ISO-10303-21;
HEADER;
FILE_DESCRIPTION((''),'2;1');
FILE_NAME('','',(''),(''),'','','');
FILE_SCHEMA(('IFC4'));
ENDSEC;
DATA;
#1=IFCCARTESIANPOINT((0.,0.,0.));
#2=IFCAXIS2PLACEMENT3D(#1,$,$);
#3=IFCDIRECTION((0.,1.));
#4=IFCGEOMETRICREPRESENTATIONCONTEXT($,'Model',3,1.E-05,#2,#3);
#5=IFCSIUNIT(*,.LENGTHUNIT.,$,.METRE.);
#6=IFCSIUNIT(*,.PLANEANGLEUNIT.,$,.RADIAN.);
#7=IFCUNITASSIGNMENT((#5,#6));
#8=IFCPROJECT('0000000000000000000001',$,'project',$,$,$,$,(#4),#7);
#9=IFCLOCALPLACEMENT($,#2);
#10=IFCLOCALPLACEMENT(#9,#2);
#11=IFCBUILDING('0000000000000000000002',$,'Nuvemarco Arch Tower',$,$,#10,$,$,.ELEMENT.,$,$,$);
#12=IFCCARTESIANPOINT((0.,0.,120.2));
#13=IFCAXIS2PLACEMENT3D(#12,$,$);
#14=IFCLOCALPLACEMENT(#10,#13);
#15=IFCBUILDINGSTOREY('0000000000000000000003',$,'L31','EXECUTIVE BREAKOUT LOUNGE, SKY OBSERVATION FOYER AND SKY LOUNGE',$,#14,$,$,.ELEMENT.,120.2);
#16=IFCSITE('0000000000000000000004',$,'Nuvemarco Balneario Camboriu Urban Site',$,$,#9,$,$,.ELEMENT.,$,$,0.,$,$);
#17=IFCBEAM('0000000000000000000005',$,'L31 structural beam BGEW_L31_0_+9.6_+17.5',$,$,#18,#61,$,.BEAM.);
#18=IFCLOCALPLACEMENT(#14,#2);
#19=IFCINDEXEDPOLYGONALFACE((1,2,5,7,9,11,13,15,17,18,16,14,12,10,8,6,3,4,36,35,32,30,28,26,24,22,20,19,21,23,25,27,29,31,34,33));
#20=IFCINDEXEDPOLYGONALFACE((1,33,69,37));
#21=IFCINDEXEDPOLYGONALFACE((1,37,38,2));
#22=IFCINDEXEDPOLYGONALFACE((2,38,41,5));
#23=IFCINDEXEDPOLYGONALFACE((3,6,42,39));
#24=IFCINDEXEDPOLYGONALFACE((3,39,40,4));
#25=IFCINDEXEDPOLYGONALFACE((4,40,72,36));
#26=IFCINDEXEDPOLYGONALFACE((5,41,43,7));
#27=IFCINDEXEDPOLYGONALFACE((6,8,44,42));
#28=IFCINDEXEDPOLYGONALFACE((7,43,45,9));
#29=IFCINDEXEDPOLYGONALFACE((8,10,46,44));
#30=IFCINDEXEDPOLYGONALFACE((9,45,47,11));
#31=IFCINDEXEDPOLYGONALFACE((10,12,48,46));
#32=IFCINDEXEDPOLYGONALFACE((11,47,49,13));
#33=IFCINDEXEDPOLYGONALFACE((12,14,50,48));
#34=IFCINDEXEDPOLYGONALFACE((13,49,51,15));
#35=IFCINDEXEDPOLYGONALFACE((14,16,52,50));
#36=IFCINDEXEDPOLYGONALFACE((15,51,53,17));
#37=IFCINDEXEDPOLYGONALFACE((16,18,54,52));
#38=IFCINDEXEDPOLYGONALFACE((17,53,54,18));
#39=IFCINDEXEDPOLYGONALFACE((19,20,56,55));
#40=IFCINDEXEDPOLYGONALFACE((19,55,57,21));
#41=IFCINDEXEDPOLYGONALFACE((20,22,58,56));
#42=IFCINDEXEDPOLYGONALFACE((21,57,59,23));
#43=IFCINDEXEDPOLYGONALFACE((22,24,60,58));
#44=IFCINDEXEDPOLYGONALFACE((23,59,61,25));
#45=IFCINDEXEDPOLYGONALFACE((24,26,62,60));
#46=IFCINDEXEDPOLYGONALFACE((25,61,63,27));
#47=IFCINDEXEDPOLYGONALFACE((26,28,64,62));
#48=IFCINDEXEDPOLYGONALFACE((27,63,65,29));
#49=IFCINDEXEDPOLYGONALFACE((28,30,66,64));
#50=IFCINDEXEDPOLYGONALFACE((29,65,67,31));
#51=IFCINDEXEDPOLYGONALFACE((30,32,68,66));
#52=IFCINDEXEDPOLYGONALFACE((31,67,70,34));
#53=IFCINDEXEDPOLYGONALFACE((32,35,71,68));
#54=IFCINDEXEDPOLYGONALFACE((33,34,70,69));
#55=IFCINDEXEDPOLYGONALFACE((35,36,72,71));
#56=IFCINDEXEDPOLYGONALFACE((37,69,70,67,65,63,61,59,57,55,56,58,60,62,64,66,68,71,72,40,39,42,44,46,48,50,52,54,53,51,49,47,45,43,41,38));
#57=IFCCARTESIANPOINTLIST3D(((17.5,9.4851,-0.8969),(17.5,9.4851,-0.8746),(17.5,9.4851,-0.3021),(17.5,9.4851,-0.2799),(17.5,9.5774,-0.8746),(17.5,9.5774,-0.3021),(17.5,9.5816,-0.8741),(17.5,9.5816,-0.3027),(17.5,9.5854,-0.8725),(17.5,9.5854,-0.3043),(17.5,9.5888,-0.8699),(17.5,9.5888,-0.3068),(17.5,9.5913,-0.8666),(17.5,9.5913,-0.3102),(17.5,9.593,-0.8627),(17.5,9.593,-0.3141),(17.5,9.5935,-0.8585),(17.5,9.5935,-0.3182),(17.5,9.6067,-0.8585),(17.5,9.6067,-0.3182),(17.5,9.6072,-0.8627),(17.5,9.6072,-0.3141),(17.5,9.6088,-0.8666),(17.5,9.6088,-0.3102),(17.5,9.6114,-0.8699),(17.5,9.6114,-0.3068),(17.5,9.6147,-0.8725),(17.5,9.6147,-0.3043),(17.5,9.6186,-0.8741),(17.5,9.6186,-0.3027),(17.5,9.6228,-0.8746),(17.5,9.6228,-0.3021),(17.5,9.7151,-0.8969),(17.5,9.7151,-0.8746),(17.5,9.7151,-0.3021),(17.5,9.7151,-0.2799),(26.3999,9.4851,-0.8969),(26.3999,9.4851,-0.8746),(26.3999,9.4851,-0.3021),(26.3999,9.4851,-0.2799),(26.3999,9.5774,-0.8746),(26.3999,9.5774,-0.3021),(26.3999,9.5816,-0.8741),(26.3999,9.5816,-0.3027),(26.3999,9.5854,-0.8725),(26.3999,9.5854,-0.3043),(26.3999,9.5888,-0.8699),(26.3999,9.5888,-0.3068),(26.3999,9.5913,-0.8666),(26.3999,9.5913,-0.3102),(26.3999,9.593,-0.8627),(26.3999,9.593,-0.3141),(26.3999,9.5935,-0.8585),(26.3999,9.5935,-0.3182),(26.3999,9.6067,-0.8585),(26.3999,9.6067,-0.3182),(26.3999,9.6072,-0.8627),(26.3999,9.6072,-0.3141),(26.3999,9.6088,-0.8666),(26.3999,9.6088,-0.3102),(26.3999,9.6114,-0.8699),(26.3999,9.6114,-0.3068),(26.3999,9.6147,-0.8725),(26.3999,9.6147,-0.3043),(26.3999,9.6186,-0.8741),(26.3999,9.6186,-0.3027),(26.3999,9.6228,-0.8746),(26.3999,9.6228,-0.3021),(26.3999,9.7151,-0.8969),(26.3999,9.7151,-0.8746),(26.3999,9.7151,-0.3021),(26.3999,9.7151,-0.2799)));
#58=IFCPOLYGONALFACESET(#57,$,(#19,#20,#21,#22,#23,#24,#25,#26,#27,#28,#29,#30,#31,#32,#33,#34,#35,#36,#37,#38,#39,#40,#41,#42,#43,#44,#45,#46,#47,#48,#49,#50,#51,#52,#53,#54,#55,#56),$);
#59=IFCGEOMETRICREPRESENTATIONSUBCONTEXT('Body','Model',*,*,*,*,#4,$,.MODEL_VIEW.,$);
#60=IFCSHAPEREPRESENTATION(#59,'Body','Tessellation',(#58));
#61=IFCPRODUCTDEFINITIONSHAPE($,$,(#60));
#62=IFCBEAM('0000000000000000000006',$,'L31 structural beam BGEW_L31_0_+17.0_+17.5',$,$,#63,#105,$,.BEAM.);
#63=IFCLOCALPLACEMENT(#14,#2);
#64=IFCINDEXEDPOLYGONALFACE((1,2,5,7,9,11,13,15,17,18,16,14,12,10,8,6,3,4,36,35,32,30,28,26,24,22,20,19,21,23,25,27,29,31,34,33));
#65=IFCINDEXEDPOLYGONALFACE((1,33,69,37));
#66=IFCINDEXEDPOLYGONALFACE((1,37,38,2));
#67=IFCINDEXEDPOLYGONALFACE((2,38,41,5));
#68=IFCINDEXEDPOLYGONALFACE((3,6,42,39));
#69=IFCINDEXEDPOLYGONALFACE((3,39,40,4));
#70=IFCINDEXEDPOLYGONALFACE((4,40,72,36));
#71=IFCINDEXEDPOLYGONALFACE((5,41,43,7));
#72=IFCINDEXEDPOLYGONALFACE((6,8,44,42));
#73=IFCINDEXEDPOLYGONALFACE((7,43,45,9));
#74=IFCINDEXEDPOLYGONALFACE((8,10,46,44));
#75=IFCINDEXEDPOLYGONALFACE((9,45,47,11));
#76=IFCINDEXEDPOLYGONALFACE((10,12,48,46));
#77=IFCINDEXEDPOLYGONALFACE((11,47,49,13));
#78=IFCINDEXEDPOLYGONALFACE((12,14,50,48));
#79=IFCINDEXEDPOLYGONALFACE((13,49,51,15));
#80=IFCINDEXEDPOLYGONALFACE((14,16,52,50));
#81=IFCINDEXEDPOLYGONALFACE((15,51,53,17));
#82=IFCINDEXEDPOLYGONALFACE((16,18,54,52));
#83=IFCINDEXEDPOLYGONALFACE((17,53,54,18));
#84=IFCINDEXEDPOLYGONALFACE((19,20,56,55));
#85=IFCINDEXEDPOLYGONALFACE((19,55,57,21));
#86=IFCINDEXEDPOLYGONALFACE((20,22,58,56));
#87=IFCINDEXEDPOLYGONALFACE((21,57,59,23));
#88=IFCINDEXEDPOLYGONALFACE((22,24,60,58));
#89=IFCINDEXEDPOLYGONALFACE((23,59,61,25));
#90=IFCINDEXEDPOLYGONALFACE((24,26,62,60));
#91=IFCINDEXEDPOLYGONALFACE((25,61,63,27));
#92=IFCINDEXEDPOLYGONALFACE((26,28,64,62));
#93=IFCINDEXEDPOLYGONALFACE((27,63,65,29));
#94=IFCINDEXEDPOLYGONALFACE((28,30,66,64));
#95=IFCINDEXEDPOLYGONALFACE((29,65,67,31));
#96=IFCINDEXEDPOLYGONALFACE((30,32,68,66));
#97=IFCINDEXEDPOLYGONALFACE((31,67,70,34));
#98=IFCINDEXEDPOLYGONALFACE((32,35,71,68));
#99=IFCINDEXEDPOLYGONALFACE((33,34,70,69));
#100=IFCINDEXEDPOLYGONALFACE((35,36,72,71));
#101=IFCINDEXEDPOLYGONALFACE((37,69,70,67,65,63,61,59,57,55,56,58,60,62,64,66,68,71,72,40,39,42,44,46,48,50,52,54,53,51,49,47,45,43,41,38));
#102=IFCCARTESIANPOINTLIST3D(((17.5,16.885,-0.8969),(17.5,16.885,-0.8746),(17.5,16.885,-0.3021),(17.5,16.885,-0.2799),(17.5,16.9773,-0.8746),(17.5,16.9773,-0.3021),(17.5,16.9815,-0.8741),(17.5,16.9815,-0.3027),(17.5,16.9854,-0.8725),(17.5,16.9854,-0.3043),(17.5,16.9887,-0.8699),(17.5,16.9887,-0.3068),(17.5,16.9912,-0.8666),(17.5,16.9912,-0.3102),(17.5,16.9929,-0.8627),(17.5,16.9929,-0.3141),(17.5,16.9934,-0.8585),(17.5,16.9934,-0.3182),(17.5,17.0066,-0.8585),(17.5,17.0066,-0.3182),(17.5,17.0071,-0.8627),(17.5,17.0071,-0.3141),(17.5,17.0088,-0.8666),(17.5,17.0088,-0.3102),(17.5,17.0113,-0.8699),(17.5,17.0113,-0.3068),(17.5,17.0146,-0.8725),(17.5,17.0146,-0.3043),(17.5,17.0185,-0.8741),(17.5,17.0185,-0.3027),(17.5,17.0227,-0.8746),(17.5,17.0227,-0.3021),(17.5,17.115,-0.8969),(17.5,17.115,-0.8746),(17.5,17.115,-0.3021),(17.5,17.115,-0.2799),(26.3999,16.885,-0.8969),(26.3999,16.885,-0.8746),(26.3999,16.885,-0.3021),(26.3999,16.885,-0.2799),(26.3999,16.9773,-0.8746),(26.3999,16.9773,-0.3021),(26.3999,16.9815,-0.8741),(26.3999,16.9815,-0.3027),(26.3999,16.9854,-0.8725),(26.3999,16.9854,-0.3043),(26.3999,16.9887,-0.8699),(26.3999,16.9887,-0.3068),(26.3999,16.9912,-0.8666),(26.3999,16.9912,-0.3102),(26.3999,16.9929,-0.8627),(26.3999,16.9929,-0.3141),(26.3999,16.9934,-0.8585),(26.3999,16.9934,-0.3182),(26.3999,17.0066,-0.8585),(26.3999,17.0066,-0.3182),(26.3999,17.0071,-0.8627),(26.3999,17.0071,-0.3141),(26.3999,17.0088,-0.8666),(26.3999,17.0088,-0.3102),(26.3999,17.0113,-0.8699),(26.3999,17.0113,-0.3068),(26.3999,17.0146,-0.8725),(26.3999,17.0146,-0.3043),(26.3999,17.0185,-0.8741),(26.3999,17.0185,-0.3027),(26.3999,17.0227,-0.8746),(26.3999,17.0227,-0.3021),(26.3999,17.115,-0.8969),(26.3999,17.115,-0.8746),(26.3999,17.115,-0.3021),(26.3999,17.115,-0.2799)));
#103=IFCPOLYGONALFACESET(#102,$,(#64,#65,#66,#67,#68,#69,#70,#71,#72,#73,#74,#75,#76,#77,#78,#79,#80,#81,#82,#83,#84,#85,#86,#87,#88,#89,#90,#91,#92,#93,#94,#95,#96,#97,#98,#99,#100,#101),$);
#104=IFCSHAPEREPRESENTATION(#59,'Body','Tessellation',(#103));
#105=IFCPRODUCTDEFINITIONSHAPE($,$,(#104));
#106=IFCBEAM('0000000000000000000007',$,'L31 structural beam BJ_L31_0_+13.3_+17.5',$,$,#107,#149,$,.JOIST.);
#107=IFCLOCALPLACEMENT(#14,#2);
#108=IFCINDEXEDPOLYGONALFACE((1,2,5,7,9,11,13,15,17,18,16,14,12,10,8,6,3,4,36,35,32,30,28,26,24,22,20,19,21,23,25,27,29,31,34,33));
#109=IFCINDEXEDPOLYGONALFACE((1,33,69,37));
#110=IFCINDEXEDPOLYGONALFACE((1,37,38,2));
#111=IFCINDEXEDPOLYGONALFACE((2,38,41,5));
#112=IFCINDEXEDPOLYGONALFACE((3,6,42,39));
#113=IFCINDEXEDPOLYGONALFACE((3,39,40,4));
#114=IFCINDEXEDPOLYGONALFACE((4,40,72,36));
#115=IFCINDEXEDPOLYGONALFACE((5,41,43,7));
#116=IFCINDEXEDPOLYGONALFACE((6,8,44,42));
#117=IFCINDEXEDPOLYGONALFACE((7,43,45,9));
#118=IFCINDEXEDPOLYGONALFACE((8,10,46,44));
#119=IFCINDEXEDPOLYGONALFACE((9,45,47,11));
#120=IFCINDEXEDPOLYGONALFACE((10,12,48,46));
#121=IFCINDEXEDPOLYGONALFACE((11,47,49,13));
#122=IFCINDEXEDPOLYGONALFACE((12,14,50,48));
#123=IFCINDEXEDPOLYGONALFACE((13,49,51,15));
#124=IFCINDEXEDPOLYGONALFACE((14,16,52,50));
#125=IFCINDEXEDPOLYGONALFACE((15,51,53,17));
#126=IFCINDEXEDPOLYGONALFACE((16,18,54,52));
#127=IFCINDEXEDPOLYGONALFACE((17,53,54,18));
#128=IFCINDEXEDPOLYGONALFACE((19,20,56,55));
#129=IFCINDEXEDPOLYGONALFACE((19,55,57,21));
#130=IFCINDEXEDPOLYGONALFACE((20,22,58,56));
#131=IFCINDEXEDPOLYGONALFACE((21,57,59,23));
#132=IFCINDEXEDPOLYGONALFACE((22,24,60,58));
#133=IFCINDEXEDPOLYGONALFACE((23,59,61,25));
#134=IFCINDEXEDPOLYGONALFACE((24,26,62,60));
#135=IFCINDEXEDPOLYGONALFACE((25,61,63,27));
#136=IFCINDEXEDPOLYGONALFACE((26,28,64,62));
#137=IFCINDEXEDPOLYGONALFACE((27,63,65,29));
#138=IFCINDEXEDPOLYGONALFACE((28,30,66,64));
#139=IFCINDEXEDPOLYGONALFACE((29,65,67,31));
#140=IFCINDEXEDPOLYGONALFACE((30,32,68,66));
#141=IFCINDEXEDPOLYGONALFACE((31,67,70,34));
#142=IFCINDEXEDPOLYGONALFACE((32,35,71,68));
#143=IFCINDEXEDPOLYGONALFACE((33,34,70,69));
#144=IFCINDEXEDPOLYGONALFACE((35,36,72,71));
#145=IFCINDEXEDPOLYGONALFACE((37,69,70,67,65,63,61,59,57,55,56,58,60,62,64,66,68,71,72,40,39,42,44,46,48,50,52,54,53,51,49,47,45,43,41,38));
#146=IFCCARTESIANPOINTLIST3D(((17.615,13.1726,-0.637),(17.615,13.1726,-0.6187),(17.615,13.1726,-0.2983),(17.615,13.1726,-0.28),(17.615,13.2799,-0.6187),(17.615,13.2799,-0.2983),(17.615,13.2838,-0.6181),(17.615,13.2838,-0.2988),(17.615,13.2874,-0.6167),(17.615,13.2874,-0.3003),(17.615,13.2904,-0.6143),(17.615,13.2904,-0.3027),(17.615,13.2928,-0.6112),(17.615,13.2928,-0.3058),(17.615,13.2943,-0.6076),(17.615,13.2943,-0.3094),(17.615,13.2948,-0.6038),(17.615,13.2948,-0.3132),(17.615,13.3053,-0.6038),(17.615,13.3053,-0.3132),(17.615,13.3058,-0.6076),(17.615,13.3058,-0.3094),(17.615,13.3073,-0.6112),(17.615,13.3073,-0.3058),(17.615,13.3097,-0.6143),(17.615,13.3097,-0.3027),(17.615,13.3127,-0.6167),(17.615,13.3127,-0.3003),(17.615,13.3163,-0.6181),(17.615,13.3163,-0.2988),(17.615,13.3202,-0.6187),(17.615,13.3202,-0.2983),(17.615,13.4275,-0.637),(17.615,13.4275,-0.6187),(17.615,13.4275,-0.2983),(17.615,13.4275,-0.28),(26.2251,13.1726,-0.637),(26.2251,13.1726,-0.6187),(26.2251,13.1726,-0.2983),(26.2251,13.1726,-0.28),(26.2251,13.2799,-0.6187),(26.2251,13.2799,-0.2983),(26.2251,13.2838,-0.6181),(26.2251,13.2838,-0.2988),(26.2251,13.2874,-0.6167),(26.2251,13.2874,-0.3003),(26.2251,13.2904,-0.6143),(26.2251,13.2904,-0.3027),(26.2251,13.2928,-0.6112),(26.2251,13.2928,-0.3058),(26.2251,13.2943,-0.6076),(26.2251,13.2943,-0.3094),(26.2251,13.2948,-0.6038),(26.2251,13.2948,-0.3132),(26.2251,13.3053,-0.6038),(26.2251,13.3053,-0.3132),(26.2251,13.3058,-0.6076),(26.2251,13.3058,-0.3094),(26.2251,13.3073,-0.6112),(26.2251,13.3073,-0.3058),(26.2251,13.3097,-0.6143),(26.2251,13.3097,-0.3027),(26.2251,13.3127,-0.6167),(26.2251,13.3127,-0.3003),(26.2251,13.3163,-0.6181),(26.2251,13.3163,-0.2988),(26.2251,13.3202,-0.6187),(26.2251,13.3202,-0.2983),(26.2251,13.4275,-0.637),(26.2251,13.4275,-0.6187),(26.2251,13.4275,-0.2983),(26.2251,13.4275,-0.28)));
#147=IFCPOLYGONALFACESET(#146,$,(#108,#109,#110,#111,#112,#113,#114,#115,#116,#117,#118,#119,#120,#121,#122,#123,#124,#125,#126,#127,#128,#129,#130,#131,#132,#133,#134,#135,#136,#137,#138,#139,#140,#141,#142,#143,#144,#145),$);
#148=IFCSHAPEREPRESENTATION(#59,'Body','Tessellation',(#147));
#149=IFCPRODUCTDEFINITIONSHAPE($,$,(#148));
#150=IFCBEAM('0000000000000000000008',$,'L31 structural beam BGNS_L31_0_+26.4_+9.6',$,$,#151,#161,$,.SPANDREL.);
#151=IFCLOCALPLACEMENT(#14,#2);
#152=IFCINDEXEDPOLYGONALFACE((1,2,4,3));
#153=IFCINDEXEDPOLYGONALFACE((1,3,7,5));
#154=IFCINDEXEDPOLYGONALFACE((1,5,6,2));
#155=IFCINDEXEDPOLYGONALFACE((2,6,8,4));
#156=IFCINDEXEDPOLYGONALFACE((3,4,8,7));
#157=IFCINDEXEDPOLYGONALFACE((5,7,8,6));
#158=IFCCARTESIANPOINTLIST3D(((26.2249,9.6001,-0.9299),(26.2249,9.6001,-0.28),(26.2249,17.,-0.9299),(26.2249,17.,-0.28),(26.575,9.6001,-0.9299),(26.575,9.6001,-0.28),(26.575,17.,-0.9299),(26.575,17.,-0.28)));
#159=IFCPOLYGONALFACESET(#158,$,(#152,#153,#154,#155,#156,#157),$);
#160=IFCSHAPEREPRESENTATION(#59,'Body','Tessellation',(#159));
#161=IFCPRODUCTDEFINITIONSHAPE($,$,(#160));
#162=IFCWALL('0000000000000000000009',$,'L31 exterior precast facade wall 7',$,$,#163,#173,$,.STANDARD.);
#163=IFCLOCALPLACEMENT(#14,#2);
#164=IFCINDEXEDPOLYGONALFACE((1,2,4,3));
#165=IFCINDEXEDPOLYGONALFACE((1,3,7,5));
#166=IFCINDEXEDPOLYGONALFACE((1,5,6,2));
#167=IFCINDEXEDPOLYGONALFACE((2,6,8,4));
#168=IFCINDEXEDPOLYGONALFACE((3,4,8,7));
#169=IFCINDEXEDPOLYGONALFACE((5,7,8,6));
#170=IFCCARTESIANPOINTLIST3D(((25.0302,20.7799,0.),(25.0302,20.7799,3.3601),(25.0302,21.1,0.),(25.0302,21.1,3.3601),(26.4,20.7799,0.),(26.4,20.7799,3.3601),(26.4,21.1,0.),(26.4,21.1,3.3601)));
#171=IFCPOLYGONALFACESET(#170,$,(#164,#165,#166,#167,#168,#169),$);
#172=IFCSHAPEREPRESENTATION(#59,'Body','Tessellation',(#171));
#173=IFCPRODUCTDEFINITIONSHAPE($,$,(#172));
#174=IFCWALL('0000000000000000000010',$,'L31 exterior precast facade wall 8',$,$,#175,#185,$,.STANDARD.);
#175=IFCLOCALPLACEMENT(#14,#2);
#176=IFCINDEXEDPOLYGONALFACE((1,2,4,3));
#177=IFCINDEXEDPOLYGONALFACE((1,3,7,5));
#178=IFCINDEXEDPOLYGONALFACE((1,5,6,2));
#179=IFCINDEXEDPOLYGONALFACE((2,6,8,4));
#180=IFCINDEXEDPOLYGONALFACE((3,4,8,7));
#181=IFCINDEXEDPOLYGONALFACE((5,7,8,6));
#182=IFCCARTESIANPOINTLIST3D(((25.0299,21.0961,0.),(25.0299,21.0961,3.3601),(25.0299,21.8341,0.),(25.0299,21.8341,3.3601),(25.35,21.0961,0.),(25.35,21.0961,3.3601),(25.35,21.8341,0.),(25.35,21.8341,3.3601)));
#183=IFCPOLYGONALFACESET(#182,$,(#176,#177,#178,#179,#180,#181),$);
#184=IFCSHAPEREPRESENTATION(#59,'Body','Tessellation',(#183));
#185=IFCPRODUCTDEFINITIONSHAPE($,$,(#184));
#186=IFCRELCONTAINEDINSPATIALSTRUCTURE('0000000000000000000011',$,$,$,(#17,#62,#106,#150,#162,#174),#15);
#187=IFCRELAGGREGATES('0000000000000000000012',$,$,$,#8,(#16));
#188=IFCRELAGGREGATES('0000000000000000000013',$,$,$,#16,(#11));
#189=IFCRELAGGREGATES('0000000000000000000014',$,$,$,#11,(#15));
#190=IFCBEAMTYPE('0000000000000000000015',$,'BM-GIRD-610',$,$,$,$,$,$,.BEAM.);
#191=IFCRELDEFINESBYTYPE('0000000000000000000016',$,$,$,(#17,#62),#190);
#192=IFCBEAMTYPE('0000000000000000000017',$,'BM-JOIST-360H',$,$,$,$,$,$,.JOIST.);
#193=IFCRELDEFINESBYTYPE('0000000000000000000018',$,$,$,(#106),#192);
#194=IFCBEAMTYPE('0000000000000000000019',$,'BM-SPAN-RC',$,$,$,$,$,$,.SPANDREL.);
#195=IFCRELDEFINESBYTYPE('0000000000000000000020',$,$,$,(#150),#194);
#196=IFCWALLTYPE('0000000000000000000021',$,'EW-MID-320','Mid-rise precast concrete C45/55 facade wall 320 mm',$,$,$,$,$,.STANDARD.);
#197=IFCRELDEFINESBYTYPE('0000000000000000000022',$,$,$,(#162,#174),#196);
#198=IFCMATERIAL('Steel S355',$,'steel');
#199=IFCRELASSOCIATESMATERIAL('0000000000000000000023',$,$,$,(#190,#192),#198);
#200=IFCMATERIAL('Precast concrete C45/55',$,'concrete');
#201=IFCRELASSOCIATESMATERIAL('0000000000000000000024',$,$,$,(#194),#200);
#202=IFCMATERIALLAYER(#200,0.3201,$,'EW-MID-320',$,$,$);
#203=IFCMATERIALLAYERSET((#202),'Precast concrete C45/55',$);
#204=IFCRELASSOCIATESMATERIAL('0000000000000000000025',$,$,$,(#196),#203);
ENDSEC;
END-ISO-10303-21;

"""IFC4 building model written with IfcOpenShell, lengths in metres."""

from ifc_helpers import new_model, si_unit, direction, frame, frame_2d, origin, origin_2d, place, context, subcontext, project, spatial, rectangle, i_section, extrude, material, layer, layer_set, material_profile, profile_set, type_object, element, save


model = new_model("IFC4")

# Units and contexts
model_context = context("Model", 3, precision=1e-05, world=origin(), true_north=direction((0.0, 1.0)))
body_context = subcontext(model_context, "Body", "Model", "MODEL_VIEW")
ifc_project = project(units=[si_unit("LENGTHUNIT", "METRE"), si_unit("PLANEANGLEUNIT", "RADIAN")], contexts=[model_context])

# Site, building, storey
site_placement = place(None, origin())
site = spatial("IfcSite", under=ifc_project, at=site_placement, Name="Nuvemarco Balneario Camboriu Urban Site", CompositionType="ELEMENT", RefElevation=0.0)
building_placement = place(site_placement, origin())
building = spatial("IfcBuilding", under=site, at=building_placement, Name="Nuvemarco Arch Tower", CompositionType="ELEMENT")
storey_placement = place(building_placement, frame((0.0, 0.0, 120.2)))
storey = spatial("IfcBuildingStorey", under=building, at=storey_placement, Name="L31", Description="EXECUTIVE BREAKOUT LOUNGE, SKY OBSERVATION FOYER AND SKY LOUNGE", CompositionType="ELEMENT", Elevation=120.2)

# Shared definitions
ifc_material_1 = material(Name="Steel S355", Category="steel")

# Beams
ifc_material_profile_1 = material_profile(ifc_material_1, i_section(OverallWidth=0.23, OverallDepth=0.6169, WebThickness=0.0132, FlangeThickness=0.0222, FilletRadius=0.0161, at=origin_2d()), Name="W610x140")
ifc_profile_set_1 = profile_set([ifc_material_profile_1], Name="Steel S355")
beam_type_1 = type_object("IfcBeamType", Name="BM-GIRD-610", PredefinedType="BEAM", material=ifc_profile_set_1)
for number, where, z_axis, x_axis, name in (
    (1, (17.5, 9.6001, -0.5884), (1.0, 0.0, 0.0), (0.0, 1.0, 0.0), "L31 structural beam BGEW_L31_0_+9.6_+17.5"),
    (2, (17.5, 17.0, -0.5884), (1.0, 0.0, 0.0), (0.0, 1.0, 0.0), "L31 structural beam BGEW_L31_0_+17.0_+17.5"),
):
    element("IfcBeam", number, at=place(storey_placement, frame(where, z_axis=z_axis, x_axis=x_axis)), inside=storey, type_object=beam_type_1, Name=name, PredefinedType="BEAM", context=body_context, shape_type="SweptSolid", body=[
        extrude(i_section(OverallWidth=0.23, OverallDepth=0.6169, WebThickness=0.0132, FlangeThickness=0.0222, FilletRadius=0.0161, at=origin_2d()), origin(), (0.0, 0.0, 1.0), 8.8999),
    ])
ifc_material_profile_2 = material_profile(ifc_material_1, i_section(OverallWidth=0.2549, OverallDepth=0.3569, WebThickness=0.0105, FlangeThickness=0.0183, FilletRadius=0.0149, at=origin_2d()), Name="W360x101")
ifc_profile_set_2 = profile_set([ifc_material_profile_2], Name="Steel S355")
beam_type_2 = type_object("IfcBeamType", Name="BM-JOIST-360H", PredefinedType="JOIST", material=ifc_profile_set_2)
beam_1_placement = place(storey_placement, frame((17.615, 13.3, -0.4585), z_axis=(1.0, 0.0, 0.0), x_axis=(0.0, 1.0, 0.0)))
element("IfcBeam", 3, at=beam_1_placement, inside=storey, type_object=beam_type_2, Name="L31 structural beam BJ_L31_0_+13.3_+17.5", PredefinedType="JOIST", context=body_context, shape_type="SweptSolid", body=[
    extrude(i_section(OverallWidth=0.2549, OverallDepth=0.3569, WebThickness=0.0105, FlangeThickness=0.0183, FilletRadius=0.0149, at=origin_2d()), origin(), (0.0, 0.0, 1.0), 8.6101),
])
ifc_material_2 = material(Name="Precast concrete C45/55", Category="concrete")
ifc_material_profile_3 = material_profile(ifc_material_2, rectangle(XDim=0.3501, YDim=0.6499, at=origin_2d()), Name="PC-SP-350x650")
ifc_profile_set_3 = profile_set([ifc_material_profile_3], Name="Precast concrete C45/55")
beam_type_3 = type_object("IfcBeamType", Name="BM-SPAN-RC", PredefinedType="SPANDREL", material=ifc_profile_set_3)
beam_2_placement = place(storey_placement, frame((26.3999, 9.6001, -0.605), z_axis=(0.0, 1.0, 0.0), x_axis=(-1.0, 0.0, 0.0)))
element("IfcBeam", 4, at=beam_2_placement, inside=storey, type_object=beam_type_3, Name="L31 structural beam BGNS_L31_0_+26.4_+9.6", PredefinedType="SPANDREL", context=body_context, shape_type="SweptSolid", body=[
    extrude(rectangle(XDim=0.3501, YDim=0.6499, at=origin_2d()), origin(), (0.0, 0.0, 1.0), 7.3999),
])

# Walls
ifc_layer_1 = layer(ifc_material_2, 0.3201, Name="EW-MID-320")
ifc_layer_set_1 = layer_set([ifc_layer_1], Name="Precast concrete C45/55")
wall_type_1 = type_object("IfcWallType", Name="EW-MID-320", Description="Mid-rise precast concrete C45/55 facade wall 320 mm", PredefinedType="STANDARD", material=ifc_layer_set_1)
wall_1_placement = place(storey_placement, frame((25.03, 20.9399, 0.0), z_axis=(0.0, 0.0, 1.0), x_axis=(1.0, 0.0, 0.0)))
element("IfcWall", 5, at=wall_1_placement, inside=storey, type_object=wall_type_1, Name="L31 exterior precast facade wall 7", PredefinedType="STANDARD", context=body_context, shape_type="SweptSolid", body=[
    extrude(rectangle(XDim=1.3699, YDim=0.3201, at=frame_2d((0.6851, 0.0))), origin(), (0.0, 0.0, 1.0), 3.3601),
])
wall_2_placement = place(storey_placement, frame((25.1899, 21.0959, 0.0), z_axis=(0.0, 0.0, 1.0), x_axis=(0.0, 1.0, 0.0)))
element("IfcWall", 6, at=wall_2_placement, inside=storey, type_object=wall_type_1, Name="L31 exterior precast facade wall 8", PredefinedType="STANDARD", context=body_context, shape_type="SweptSolid", body=[
    extrude(rectangle(XDim=0.738, YDim=0.3201, at=frame_2d((0.3691, 0.0))), origin(), (0.0, 0.0, 1.0), 3.3601),
])

save(model, "model.ifc")
